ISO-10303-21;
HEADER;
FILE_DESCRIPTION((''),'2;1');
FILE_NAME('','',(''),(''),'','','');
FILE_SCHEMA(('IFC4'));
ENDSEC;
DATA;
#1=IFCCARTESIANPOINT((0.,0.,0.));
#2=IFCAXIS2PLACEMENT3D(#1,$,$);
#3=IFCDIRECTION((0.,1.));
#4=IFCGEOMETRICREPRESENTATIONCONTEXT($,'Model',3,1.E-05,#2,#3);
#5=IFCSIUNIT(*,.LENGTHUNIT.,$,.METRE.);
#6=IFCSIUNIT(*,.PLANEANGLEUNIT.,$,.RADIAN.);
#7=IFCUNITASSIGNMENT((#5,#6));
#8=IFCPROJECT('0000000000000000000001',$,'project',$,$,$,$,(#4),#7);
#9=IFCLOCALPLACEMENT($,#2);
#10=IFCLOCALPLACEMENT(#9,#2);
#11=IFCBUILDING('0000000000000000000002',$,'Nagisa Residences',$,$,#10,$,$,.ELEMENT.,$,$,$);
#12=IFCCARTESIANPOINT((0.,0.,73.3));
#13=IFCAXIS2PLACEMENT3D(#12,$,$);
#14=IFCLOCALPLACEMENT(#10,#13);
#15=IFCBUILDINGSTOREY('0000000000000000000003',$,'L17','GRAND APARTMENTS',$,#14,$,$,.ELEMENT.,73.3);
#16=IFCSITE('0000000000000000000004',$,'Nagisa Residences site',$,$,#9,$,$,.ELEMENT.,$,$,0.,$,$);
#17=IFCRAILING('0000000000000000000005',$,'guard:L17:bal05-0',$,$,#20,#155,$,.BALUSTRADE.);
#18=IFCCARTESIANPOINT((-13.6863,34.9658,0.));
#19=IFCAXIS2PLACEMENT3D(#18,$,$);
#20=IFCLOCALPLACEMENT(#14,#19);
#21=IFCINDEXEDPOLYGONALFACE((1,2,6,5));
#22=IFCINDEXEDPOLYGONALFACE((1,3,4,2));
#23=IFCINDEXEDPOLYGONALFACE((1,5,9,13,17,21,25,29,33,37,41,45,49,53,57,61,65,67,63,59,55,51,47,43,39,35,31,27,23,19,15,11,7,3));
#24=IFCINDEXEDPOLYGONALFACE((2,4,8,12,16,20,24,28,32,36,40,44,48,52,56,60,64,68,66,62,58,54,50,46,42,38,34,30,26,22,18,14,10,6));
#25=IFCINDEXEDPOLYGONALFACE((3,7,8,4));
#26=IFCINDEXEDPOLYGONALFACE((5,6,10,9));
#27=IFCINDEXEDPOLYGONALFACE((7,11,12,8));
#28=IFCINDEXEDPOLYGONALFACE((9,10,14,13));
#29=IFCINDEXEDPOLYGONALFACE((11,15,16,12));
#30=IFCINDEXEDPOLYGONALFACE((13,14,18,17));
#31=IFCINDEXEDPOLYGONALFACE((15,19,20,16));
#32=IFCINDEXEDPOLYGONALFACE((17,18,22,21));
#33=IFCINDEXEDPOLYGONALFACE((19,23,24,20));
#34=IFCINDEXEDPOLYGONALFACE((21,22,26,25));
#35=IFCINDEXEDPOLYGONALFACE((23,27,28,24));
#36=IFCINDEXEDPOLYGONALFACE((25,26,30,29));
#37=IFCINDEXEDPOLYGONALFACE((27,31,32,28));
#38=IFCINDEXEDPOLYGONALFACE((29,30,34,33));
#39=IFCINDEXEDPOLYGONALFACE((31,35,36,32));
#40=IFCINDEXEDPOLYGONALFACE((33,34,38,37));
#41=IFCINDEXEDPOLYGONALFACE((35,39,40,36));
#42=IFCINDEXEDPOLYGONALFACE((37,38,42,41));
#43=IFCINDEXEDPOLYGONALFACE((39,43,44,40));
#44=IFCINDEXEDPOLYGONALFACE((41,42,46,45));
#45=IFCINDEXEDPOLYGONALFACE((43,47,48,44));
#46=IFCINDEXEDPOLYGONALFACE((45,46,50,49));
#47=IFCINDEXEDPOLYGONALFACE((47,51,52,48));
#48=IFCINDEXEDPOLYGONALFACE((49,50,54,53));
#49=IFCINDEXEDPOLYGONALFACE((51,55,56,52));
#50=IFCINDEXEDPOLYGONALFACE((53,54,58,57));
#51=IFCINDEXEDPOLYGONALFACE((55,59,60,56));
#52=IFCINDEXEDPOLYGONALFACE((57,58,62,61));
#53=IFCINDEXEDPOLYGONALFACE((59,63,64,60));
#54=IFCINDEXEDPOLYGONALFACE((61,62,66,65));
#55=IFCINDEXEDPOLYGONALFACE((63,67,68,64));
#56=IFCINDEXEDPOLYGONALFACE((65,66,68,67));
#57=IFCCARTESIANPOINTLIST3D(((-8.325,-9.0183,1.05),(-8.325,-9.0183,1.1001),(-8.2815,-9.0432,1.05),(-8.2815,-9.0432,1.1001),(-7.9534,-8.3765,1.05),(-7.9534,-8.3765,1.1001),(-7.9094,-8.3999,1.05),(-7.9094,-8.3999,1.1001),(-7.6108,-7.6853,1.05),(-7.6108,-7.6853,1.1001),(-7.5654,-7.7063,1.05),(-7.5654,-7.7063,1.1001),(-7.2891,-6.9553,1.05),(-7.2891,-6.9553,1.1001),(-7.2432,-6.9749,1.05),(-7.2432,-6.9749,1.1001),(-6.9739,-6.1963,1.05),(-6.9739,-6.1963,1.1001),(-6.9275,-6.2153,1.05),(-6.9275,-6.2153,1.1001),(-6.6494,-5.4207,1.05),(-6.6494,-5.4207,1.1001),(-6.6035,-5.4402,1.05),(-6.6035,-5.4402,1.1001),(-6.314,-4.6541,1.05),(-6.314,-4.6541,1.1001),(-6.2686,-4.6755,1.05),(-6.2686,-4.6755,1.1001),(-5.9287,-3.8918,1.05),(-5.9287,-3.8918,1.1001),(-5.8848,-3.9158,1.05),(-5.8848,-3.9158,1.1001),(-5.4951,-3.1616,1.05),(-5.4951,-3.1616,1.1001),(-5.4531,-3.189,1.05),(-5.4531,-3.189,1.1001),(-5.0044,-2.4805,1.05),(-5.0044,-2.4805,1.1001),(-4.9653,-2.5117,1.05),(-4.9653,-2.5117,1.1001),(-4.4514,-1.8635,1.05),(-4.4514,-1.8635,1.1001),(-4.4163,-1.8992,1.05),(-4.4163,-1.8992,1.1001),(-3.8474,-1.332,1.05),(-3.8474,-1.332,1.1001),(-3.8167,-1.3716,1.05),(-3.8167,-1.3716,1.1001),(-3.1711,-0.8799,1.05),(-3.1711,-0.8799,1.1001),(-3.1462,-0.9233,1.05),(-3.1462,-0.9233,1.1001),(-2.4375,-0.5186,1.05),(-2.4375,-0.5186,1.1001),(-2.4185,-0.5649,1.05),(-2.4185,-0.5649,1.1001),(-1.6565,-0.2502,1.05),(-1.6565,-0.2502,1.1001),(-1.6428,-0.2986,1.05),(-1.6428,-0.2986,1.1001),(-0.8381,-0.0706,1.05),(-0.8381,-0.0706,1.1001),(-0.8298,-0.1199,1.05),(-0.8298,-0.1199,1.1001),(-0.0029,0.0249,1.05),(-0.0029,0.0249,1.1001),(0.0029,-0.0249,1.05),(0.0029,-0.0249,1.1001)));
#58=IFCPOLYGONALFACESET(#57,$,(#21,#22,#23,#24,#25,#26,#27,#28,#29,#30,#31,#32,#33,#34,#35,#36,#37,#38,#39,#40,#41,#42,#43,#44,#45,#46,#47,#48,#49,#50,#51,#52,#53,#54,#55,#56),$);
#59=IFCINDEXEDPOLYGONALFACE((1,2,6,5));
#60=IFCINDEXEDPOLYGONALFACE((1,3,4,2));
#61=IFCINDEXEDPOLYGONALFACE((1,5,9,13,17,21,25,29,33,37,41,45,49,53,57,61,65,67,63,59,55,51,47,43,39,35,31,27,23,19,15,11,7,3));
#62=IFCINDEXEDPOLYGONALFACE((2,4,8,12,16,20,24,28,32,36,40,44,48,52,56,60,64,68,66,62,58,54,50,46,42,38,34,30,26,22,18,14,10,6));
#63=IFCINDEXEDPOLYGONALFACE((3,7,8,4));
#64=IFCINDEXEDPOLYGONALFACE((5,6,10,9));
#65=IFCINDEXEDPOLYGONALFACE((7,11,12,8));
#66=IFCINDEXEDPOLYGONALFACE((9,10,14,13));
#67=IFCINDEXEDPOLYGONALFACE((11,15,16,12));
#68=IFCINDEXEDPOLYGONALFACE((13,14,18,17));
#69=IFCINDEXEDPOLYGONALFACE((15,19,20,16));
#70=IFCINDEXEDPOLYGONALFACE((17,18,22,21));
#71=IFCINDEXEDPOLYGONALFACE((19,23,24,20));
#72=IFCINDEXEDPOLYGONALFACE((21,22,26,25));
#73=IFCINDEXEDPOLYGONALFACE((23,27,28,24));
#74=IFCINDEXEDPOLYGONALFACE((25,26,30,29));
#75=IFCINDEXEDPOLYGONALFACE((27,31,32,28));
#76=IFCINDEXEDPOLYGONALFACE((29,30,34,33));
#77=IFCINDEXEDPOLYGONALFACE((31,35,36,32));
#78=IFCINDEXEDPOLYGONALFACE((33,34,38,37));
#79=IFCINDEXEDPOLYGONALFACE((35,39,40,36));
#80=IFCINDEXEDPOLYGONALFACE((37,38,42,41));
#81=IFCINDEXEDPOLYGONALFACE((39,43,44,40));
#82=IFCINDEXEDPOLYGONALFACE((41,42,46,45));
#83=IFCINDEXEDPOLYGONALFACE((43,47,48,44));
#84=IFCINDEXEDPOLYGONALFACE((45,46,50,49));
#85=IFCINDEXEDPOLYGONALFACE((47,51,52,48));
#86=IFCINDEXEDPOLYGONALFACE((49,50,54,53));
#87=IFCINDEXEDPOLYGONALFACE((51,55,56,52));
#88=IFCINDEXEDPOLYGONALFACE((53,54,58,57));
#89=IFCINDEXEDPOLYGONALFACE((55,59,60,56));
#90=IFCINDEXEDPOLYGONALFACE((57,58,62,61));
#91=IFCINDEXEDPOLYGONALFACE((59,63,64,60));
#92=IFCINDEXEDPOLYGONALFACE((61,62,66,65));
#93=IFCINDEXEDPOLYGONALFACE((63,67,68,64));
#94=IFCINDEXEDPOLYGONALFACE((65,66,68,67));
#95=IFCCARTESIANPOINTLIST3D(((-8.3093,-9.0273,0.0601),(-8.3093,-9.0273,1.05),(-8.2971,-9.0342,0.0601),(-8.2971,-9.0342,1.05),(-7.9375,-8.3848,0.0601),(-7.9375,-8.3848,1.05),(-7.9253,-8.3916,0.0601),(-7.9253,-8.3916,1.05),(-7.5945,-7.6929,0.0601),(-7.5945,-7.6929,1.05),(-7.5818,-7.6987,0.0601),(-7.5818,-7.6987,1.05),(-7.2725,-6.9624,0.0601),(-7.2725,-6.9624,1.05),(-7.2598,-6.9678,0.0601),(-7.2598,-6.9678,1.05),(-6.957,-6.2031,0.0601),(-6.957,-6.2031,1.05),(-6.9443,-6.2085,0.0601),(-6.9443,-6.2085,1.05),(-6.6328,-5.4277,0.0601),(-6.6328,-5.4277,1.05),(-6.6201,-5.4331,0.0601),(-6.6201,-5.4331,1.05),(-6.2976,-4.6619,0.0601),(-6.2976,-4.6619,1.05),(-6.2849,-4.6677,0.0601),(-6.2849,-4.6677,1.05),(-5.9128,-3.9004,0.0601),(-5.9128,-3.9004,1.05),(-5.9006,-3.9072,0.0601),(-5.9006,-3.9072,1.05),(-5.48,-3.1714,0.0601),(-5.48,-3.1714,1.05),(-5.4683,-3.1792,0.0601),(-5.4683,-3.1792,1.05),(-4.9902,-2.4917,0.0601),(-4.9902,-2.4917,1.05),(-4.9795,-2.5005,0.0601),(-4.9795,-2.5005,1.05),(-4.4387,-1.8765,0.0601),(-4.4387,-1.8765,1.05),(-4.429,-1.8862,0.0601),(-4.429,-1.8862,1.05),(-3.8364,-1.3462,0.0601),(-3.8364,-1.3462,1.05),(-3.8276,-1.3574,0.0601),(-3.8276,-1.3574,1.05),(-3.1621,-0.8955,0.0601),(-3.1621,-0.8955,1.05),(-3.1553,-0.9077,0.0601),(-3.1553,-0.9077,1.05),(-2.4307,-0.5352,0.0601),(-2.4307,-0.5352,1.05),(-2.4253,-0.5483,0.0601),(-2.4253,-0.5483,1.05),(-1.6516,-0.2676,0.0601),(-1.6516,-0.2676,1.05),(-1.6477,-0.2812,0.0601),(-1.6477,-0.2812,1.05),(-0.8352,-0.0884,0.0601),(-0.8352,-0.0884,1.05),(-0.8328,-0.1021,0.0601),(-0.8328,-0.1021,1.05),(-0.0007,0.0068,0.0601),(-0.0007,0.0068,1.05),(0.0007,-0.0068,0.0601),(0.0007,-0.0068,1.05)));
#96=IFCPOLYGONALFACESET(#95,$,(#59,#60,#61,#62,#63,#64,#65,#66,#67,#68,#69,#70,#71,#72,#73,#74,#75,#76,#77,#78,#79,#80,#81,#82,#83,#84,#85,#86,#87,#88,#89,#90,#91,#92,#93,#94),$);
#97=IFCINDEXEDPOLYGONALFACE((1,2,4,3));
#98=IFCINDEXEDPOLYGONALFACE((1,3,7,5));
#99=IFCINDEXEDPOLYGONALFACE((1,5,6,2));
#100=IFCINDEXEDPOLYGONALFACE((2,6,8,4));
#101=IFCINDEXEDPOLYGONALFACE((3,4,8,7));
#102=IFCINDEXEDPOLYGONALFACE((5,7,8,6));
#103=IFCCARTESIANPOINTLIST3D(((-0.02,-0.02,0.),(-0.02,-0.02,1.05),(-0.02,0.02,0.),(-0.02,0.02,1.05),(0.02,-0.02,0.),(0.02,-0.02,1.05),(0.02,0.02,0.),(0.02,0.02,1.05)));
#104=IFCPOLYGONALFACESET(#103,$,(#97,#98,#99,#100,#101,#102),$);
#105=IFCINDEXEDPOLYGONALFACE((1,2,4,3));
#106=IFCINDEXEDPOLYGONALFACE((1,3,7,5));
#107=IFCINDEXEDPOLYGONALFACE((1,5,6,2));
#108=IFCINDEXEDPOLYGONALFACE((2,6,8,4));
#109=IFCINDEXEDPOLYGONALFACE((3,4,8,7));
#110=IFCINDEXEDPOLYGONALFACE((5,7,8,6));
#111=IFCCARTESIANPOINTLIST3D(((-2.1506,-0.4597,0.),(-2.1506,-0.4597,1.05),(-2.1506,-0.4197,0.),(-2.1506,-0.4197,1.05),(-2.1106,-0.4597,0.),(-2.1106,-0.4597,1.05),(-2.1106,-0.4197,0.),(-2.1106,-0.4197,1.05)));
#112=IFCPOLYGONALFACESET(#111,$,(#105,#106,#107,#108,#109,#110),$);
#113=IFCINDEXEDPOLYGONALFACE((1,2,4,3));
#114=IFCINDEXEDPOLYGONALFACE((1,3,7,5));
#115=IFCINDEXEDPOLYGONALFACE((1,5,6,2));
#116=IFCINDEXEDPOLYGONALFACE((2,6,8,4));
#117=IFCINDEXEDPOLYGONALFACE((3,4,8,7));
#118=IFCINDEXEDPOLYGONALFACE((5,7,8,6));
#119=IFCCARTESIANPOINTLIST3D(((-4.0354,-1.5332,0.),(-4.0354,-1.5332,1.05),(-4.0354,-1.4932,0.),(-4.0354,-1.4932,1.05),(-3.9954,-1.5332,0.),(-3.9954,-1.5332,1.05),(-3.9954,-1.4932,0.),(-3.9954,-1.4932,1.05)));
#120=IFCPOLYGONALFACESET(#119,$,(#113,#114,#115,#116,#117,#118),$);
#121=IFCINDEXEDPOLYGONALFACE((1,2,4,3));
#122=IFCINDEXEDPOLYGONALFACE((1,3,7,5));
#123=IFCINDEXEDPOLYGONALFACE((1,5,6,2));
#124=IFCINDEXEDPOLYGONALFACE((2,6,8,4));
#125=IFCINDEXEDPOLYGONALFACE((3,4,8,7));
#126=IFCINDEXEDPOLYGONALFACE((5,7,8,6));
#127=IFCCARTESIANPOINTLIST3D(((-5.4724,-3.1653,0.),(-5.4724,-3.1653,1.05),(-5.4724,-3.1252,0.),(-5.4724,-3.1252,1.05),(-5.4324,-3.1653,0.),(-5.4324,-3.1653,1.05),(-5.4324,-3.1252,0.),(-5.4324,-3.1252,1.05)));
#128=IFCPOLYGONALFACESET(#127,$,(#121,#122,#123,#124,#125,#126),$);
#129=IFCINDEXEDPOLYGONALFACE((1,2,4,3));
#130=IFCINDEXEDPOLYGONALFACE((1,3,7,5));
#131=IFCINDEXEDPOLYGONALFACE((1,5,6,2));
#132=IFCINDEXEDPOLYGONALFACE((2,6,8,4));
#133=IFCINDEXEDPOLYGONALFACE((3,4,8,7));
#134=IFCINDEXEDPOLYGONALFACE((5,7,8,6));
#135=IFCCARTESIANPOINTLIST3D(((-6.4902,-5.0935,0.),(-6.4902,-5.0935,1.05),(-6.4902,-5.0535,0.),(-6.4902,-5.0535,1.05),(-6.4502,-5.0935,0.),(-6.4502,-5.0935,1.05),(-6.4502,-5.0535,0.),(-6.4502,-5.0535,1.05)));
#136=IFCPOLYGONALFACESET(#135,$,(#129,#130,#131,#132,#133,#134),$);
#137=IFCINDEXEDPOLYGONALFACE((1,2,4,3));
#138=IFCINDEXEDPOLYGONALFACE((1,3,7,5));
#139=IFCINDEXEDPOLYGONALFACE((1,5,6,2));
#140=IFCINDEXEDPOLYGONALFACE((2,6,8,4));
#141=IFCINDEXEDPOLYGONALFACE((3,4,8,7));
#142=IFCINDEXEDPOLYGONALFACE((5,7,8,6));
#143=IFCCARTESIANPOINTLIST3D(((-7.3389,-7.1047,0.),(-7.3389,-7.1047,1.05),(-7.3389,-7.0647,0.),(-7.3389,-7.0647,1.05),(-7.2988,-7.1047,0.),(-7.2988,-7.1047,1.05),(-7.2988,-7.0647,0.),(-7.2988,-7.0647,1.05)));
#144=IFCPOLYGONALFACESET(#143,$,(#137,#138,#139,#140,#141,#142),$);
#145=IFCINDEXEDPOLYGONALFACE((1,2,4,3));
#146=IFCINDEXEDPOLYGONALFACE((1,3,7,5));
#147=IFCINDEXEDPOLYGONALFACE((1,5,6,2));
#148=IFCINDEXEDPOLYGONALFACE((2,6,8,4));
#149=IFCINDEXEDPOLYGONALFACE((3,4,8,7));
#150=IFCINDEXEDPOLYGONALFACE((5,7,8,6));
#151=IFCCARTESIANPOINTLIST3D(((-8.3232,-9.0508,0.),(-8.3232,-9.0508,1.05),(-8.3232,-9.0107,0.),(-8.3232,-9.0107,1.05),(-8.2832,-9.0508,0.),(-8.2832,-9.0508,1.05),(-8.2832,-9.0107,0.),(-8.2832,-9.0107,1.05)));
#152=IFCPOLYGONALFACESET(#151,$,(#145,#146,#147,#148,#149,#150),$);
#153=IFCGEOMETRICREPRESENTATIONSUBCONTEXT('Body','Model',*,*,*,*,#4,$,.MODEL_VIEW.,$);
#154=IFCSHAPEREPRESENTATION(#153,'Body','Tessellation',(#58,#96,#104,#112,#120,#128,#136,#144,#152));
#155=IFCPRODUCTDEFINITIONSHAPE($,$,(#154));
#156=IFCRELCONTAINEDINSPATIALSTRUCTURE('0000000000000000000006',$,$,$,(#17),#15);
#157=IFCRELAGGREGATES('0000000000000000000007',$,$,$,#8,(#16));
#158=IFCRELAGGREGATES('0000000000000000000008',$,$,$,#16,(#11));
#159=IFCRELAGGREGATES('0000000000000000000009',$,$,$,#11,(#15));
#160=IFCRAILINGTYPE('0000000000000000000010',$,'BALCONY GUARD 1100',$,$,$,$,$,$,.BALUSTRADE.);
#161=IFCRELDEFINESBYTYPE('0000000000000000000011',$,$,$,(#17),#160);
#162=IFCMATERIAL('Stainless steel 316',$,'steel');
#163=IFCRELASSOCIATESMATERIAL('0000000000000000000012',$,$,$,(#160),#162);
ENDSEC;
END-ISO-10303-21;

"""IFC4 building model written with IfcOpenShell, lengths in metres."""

from ifc_helpers import new_model, si_unit, direction, frame, origin, origin_2d, place, context, subcontext, project, spatial, polyline, rectangle, outline, extrude, material, type_object, element, save


model = new_model("IFC4")

# Units and contexts
model_context = context("Model", 3, precision=1e-05, world=origin(), true_north=direction((0.0, 1.0)))
body_context = subcontext(model_context, "Body", "Model", "MODEL_VIEW")
ifc_project = project(units=[si_unit("LENGTHUNIT", "METRE"), si_unit("PLANEANGLEUNIT", "RADIAN")], contexts=[model_context])

# Site, building, storey
site_placement = place(None, origin())
site = spatial("IfcSite", under=ifc_project, at=site_placement, Name="Nagisa Residences site", CompositionType="ELEMENT", RefElevation=0.0)
building_placement = place(site_placement, origin())
building = spatial("IfcBuilding", under=site, at=building_placement, Name="Nagisa Residences", CompositionType="ELEMENT")
storey_placement = place(building_placement, frame((0.0, 0.0, 73.3)))
storey = spatial("IfcBuildingStorey", under=building, at=storey_placement, Name="L17", Description="GRAND APARTMENTS", CompositionType="ELEMENT", Elevation=73.3)

# Railing
ifc_material_1 = material(Name="Stainless steel 316", Category="steel")
railing_type = type_object("IfcRailingType", Name="BALCONY GUARD 1100", PredefinedType="BALUSTRADE", material=ifc_material_1)
railing_1_placement = place(storey_placement, frame((-13.6863, 34.9658, 0.0)))
element("IfcRailing", 1, at=railing_1_placement, inside=storey, type_object=railing_type, Name="guard:L17:bal05-0", PredefinedType="BALUSTRADE", context=body_context, shape_type="SweptSolid", body=[
    extrude(outline(polyline([(-0.8298, -0.1199), (0.0029, -0.0249), (-0.0029, 0.0249), (-0.8381, -0.0706), (-1.6565, -0.2502), (-2.4375, -0.5186), (-3.1711, -0.8799), (-3.8474, -1.332), (-4.4514, -1.8635), (-5.0044, -2.4805), (-5.4951, -3.1616), (-5.9287, -3.8918), (-6.314, -4.6541), (-6.6494, -5.4207), (-6.9739, -6.1963), (-7.2891, -6.9553), (-7.6108, -7.6853), (-7.9534, -8.3765), (-8.325, -9.0183), (-8.2815, -9.0432), (-7.9094, -8.3999), (-7.5654, -7.7063), (-7.2432, -6.9749), (-6.9275, -6.2153), (-6.6035, -5.4402), (-6.2686, -4.6755), (-5.8848, -3.9158), (-5.4531, -3.189), (-4.9653, -2.5117), (-4.4163, -1.8992), (-3.8167, -1.3716), (-3.1462, -0.9233), (-2.4185, -0.5649), (-1.6428, -0.2986), (-0.8298, -0.1199)])), frame((0.0, 0.0, 1.05)), (0.0, 0.0, 1.0), 0.05),
    extrude(outline(polyline([(-0.8328, -0.1021), (0.0007, -0.0068), (-0.0007, 0.0068), (-0.8352, -0.0884), (-1.6516, -0.2676), (-2.4307, -0.5352), (-3.1621, -0.8955), (-3.8364, -1.3462), (-4.4387, -1.8765), (-4.9902, -2.4917), (-5.48, -3.1714), (-5.9128, -3.9004), (-6.2976, -4.6619), (-6.6328, -5.4277), (-6.957, -6.2031), (-7.2725, -6.9624), (-7.5945, -7.6929), (-7.9375, -8.3848), (-8.3093, -9.0273), (-8.2971, -9.0342), (-7.9253, -8.3916), (-7.5818, -7.6987), (-7.2598, -6.9678), (-6.9443, -6.2085), (-6.6201, -5.4331), (-6.2849, -4.6677), (-5.9006, -3.9072), (-5.4683, -3.1792), (-4.9795, -2.5005), (-4.429, -1.8862), (-3.8276, -1.3574), (-3.1553, -0.9077), (-2.4253, -0.5483), (-1.6477, -0.2812), (-0.8328, -0.1021)])), frame((0.0, 0.0, 0.0601)), (0.0, 0.0, 1.0), 0.99),
    extrude(rectangle(XDim=0.04, YDim=0.04, at=origin_2d()), origin(), (0.0, 0.0, 1.0), 1.05),
    extrude(rectangle(XDim=0.04, YDim=0.04, at=origin_2d()), frame((-2.1306, -0.4397, 0.0)), (0.0, 0.0, 1.0), 1.05),
    extrude(rectangle(XDim=0.04, YDim=0.04, at=origin_2d()), frame((-4.0154, -1.5132, 0.0)), (0.0, 0.0, 1.0), 1.05),
    extrude(rectangle(XDim=0.04, YDim=0.04, at=origin_2d()), frame((-5.4524, -3.1453, 0.0)), (0.0, 0.0, 1.0), 1.05),
    extrude(rectangle(XDim=0.04, YDim=0.04, at=origin_2d()), frame((-6.4702, -5.0735, 0.0)), (0.0, 0.0, 1.0), 1.05),
    extrude(rectangle(XDim=0.04, YDim=0.04, at=origin_2d()), frame((-7.3188, -7.0847, 0.0)), (0.0, 0.0, 1.0), 1.05),
    extrude(rectangle(XDim=0.04, YDim=0.04, at=origin_2d()), frame((-8.3032, -9.0308, 0.0)), (0.0, 0.0, 1.0), 1.05),
])

save(model, "model.ifc")
